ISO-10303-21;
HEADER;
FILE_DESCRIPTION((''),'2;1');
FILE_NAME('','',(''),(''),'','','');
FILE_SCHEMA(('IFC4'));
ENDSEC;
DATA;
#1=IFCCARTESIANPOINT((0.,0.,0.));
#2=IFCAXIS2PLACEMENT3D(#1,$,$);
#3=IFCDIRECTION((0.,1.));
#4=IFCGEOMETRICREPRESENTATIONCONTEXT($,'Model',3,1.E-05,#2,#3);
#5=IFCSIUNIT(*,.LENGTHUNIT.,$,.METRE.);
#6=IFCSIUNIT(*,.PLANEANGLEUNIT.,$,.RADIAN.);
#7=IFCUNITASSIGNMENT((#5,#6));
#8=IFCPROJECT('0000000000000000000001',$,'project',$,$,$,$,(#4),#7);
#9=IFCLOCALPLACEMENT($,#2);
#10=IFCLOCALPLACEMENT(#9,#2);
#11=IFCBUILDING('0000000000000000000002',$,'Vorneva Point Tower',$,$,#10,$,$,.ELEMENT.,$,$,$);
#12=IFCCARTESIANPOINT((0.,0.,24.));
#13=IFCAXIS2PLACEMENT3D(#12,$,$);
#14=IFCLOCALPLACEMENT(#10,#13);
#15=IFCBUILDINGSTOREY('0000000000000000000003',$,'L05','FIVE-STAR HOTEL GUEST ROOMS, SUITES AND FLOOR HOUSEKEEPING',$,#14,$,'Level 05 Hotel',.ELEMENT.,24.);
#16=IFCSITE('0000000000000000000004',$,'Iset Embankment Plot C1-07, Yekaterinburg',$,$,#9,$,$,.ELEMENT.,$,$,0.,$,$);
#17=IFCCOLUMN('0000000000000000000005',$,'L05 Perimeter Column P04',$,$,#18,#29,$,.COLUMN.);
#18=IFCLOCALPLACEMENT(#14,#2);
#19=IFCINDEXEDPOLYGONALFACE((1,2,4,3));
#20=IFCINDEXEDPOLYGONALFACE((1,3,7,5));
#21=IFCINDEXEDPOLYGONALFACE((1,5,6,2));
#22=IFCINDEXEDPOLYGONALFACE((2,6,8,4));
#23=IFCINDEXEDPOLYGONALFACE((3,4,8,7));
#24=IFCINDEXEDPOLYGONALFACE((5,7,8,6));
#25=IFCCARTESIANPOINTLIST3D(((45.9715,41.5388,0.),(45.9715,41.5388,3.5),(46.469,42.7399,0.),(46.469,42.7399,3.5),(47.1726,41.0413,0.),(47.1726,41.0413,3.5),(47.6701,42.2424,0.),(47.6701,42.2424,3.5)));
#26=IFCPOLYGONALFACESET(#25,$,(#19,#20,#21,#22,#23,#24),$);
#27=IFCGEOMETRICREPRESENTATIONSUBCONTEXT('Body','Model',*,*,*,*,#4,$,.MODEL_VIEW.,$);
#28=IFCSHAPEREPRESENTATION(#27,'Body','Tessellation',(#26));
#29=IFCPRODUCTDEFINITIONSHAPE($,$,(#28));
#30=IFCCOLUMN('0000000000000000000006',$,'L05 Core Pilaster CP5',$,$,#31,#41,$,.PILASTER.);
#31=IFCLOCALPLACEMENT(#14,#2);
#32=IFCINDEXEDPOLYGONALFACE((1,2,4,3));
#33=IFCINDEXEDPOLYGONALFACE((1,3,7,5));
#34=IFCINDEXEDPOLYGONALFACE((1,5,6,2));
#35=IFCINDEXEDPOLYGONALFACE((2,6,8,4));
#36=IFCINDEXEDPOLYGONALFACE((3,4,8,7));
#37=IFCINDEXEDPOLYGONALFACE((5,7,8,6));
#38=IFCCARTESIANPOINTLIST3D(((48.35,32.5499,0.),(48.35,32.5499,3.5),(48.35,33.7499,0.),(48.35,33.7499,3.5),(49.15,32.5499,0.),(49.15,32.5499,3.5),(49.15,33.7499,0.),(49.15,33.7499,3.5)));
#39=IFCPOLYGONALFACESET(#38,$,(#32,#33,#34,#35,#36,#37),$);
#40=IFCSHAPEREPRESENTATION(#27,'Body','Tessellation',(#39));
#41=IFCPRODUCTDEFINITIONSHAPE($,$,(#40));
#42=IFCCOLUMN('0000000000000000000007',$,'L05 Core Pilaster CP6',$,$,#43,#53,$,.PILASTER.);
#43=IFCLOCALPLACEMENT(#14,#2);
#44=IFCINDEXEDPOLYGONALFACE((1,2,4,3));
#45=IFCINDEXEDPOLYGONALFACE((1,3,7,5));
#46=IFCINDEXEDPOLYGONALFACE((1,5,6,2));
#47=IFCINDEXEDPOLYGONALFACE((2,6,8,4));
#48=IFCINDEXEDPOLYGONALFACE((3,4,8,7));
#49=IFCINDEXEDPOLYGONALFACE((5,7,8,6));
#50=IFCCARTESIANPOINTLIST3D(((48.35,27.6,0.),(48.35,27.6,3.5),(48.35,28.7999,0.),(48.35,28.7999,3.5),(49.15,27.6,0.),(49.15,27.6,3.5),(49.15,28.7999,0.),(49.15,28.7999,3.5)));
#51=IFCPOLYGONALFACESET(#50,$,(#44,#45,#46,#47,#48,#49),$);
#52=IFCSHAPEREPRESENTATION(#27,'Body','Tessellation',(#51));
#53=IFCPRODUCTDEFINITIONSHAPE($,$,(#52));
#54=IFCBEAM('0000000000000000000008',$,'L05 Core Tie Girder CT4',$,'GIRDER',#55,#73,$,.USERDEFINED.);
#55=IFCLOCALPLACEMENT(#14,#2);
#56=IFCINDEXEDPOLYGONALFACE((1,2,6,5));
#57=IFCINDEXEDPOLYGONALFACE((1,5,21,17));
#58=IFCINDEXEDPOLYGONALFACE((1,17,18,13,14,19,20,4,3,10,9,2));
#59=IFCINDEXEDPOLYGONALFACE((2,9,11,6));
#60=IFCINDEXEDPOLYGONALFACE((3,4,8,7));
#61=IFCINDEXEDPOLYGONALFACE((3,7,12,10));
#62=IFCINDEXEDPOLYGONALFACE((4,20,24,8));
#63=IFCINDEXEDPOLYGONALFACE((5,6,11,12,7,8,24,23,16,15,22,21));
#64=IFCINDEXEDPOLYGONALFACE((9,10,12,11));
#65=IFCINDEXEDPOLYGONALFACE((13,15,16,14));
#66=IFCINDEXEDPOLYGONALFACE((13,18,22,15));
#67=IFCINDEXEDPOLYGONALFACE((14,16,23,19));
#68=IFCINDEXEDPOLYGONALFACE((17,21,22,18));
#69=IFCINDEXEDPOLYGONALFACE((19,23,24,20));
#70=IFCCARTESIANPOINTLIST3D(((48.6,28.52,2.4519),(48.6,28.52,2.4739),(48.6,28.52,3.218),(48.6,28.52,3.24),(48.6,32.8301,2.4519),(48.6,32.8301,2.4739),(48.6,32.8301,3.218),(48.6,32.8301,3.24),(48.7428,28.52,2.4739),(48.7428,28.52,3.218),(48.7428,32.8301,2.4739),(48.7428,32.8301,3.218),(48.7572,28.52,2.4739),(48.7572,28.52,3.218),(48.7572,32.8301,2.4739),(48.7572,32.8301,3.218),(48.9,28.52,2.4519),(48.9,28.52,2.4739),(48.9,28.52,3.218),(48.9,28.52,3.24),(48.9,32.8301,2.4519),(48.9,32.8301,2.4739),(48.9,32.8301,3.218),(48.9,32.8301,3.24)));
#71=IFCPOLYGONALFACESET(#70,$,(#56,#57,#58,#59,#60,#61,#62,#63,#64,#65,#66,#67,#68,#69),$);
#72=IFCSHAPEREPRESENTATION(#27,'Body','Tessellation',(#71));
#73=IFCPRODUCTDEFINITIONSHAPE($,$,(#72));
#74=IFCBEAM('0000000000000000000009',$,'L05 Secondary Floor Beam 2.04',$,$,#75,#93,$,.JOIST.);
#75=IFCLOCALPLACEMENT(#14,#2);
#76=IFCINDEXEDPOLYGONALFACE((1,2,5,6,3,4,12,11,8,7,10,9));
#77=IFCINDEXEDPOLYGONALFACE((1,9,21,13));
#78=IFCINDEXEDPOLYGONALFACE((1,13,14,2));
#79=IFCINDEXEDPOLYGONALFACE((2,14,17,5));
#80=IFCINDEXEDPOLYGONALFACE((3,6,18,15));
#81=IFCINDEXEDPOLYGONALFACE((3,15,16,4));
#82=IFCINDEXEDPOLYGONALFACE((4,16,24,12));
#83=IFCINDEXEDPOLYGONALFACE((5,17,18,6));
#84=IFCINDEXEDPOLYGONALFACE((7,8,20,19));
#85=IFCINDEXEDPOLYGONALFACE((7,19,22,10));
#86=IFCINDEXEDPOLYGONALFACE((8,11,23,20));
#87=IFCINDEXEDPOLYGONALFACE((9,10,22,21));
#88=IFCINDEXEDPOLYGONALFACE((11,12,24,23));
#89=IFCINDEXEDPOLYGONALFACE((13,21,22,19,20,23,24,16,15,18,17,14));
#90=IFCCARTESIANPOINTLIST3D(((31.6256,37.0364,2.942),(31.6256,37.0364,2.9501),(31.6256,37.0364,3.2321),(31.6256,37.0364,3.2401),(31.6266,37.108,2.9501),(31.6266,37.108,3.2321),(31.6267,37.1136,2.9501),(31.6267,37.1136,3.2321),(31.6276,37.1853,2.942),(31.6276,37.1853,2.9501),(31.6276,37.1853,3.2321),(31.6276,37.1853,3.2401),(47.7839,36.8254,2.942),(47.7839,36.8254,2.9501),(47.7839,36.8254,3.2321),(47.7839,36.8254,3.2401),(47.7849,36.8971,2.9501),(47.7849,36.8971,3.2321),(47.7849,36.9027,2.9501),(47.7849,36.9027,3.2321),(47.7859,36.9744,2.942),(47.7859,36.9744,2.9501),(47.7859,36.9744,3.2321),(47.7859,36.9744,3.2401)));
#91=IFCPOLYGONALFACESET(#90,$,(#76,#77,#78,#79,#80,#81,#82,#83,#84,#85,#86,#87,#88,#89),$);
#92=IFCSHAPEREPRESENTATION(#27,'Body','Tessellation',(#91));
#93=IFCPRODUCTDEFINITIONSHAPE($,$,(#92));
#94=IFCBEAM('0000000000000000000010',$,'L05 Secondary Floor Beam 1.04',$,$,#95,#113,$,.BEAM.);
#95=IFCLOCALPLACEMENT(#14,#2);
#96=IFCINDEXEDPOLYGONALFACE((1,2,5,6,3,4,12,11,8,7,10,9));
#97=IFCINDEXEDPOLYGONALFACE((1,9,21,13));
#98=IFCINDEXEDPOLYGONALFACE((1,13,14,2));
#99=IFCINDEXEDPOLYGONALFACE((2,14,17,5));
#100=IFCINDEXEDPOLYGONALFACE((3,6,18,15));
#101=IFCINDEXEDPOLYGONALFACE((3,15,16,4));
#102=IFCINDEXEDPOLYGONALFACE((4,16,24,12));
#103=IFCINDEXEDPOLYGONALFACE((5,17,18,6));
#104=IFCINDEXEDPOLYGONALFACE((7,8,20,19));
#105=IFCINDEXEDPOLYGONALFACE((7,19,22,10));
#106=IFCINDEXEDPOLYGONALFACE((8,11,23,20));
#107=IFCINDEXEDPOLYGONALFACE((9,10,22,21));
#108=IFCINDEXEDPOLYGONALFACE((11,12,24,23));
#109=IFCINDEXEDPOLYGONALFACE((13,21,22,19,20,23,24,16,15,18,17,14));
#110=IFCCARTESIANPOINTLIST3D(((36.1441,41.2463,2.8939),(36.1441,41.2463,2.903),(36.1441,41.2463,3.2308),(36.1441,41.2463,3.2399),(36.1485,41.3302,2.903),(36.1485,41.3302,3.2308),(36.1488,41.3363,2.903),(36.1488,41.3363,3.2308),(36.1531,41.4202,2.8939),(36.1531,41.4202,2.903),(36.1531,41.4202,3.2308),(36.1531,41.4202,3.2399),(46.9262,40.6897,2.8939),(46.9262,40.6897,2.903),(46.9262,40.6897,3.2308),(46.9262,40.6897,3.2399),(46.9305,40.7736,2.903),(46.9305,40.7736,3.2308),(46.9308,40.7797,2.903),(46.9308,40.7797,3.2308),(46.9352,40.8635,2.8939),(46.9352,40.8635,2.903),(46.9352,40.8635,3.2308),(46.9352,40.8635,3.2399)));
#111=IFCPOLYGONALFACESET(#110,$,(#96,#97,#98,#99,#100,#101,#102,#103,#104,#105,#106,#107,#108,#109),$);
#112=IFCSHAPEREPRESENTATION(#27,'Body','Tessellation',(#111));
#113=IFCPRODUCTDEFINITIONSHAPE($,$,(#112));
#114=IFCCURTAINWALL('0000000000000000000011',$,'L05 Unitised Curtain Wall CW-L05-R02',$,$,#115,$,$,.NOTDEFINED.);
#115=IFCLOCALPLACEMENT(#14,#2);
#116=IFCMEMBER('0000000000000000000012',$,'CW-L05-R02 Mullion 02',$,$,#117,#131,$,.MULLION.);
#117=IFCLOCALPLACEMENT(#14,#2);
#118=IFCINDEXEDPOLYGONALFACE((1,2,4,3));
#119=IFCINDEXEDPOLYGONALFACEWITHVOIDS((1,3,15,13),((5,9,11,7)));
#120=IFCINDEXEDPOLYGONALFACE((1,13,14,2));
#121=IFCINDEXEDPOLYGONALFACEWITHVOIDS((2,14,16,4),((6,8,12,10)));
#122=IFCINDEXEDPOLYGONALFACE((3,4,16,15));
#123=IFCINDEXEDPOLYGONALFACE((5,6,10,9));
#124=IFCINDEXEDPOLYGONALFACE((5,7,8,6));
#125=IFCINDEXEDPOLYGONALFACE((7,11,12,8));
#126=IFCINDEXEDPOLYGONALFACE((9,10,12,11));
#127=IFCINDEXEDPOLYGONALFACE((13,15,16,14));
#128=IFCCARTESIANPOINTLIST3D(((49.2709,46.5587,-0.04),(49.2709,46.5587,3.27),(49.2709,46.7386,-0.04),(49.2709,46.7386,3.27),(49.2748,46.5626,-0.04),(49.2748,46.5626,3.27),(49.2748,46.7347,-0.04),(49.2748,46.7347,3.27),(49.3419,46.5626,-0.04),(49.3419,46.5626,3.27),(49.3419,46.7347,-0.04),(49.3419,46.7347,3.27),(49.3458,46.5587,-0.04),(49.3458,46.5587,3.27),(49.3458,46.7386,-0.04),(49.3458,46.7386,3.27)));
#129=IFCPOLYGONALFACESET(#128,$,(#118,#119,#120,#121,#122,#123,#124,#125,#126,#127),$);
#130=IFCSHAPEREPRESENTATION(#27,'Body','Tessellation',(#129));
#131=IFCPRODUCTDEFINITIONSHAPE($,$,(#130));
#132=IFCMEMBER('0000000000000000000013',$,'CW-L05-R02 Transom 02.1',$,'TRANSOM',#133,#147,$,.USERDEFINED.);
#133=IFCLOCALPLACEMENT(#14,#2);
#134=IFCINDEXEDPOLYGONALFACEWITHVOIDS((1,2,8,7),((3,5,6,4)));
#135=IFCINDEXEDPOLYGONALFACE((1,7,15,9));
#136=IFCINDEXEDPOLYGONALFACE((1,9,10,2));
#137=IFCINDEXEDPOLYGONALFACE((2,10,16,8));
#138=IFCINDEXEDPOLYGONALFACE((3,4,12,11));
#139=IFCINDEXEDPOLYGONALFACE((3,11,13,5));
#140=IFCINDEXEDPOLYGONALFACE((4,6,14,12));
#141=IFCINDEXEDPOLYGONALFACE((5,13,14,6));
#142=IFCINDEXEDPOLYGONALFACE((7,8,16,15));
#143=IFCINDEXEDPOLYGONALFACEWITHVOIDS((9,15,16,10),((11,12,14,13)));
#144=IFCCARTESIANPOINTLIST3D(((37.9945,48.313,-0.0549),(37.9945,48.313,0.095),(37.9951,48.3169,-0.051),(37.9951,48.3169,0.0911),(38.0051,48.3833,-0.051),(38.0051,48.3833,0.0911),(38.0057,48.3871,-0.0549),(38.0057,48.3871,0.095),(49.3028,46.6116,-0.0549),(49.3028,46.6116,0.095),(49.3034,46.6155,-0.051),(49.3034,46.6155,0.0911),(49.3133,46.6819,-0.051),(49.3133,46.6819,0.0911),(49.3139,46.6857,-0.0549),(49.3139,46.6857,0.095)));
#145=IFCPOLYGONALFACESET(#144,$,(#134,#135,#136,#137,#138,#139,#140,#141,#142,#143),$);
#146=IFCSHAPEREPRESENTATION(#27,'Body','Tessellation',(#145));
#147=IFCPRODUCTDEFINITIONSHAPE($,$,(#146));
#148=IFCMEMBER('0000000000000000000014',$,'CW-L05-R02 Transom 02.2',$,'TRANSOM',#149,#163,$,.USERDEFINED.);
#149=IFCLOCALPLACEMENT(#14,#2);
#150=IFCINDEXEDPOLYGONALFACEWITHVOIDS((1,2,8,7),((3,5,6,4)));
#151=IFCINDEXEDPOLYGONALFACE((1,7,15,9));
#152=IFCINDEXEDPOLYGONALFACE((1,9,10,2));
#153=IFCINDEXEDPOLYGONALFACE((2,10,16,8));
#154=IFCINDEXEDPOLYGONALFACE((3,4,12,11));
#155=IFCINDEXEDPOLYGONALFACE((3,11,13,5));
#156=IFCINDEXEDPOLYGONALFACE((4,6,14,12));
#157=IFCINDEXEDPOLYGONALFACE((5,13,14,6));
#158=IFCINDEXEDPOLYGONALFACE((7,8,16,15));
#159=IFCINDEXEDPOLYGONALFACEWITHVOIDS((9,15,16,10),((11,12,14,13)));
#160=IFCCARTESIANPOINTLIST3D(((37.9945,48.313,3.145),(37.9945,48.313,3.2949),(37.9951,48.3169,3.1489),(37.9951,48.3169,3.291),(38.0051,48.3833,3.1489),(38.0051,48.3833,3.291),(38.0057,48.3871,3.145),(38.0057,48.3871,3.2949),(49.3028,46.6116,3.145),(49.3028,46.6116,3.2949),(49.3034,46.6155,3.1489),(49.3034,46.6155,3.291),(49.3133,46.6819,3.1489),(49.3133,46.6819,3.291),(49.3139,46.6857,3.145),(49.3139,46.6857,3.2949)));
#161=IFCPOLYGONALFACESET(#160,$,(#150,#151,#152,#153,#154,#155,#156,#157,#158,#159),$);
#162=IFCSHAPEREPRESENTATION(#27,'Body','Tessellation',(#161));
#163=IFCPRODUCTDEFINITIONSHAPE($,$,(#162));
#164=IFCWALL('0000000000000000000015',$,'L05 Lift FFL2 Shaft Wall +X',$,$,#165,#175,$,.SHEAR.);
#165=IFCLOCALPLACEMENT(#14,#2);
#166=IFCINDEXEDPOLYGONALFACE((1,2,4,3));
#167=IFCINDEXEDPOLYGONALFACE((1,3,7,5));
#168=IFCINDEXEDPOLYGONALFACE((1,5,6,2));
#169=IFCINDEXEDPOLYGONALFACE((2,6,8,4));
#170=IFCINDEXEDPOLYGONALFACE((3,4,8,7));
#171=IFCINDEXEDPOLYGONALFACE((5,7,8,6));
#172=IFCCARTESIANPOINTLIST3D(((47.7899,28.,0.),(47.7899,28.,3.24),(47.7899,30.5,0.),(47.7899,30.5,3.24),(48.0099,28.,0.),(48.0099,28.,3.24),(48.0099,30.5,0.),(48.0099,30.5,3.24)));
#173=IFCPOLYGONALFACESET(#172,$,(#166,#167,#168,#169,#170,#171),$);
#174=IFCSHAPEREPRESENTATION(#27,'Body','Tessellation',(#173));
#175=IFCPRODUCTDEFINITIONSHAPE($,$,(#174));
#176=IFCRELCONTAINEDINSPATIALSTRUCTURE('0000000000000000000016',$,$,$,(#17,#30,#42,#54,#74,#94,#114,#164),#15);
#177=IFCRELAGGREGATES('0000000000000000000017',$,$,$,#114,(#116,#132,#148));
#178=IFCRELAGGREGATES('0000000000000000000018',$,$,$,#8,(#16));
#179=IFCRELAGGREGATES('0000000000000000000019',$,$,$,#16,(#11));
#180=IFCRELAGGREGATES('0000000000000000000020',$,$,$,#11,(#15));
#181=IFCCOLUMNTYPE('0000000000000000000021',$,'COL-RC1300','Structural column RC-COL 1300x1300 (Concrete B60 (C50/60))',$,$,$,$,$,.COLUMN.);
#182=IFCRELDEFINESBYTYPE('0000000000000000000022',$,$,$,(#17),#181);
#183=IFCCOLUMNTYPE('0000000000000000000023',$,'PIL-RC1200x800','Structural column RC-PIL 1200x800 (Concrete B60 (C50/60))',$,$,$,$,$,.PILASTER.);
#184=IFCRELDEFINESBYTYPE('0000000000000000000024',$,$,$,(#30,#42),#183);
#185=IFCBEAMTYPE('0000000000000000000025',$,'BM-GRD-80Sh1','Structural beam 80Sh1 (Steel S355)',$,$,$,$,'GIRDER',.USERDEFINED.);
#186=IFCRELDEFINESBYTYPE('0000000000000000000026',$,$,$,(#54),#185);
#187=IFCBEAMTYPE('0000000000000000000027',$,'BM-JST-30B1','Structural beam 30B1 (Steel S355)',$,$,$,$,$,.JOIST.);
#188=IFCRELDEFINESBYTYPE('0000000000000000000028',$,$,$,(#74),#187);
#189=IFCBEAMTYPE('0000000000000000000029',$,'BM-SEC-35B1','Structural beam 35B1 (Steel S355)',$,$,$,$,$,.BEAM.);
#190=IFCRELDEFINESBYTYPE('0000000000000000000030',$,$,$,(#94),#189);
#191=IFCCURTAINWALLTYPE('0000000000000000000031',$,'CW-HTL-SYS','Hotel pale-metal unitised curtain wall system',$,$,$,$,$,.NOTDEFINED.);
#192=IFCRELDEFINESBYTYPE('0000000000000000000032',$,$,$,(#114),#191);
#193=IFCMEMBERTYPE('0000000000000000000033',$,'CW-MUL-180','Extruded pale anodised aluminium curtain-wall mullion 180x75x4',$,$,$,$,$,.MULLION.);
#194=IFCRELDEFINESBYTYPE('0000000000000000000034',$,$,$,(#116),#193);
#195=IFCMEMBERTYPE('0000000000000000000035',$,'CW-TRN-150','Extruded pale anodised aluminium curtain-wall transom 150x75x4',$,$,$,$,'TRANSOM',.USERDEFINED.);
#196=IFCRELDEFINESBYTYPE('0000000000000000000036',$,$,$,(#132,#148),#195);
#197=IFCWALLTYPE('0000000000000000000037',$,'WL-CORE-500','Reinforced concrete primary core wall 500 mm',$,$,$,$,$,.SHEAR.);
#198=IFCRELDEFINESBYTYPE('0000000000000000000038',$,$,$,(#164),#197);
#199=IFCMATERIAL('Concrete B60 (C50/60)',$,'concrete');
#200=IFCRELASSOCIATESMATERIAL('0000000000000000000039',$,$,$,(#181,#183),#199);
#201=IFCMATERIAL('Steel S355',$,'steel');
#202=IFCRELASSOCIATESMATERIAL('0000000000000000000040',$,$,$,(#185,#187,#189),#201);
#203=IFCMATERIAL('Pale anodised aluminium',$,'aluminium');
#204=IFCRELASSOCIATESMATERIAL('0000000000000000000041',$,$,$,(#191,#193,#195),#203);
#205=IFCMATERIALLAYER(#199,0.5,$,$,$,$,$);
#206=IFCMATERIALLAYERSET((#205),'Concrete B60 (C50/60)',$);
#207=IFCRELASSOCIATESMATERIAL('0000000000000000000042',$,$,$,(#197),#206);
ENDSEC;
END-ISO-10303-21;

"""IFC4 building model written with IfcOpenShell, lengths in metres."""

from ifc_helpers import new_model, si_unit, direction, frame, frame_2d, origin, origin_2d, place, context, subcontext, project, spatial, rectangle, hollow_rectangle, i_section, extrude, material, layer, layer_set, material_profile, profile_set, type_object, element, aggregate, save


model = new_model("IFC4")

# Units and contexts
model_context = context("Model", 3, precision=1e-05, world=origin(), true_north=direction((0.0, 1.0)))
body_context = subcontext(model_context, "Body", "Model", "MODEL_VIEW")
ifc_project = project(units=[si_unit("LENGTHUNIT", "METRE"), si_unit("PLANEANGLEUNIT", "RADIAN")], contexts=[model_context])

# Site, building, storey
site_placement = place(None, origin())
site = spatial("IfcSite", under=ifc_project, at=site_placement, Name="Iset Embankment Plot C1-07, Yekaterinburg", CompositionType="ELEMENT", RefElevation=0.0)
building_placement = place(site_placement, origin())
building = spatial("IfcBuilding", under=site, at=building_placement, Name="Vorneva Point Tower", CompositionType="ELEMENT")
storey_placement = place(building_placement, frame((0.0, 0.0, 24.0)))
storey = spatial("IfcBuildingStorey", under=building, at=storey_placement, Name="L05", Description="FIVE-STAR HOTEL GUEST ROOMS, SUITES AND FLOOR HOUSEKEEPING", LongName="Level 05 Hotel", CompositionType="ELEMENT", Elevation=24.0)

# Columns
ifc_material_1 = material(Name="Concrete B60 (C50/60)", Category="concrete")
ifc_material_profile_1 = material_profile(ifc_material_1, rectangle(XDim=1.3, YDim=1.3, at=origin_2d()), Name="RC-COL 1300x1300")
ifc_profile_set_1 = profile_set([ifc_material_profile_1], Name="Concrete B60 (C50/60)")
column_type_1 = type_object("IfcColumnType", Name="COL-RC1300", Description="Structural column RC-COL 1300x1300 (Concrete B60 (C50/60))", PredefinedType="COLUMN", material=ifc_profile_set_1)
column_placement = place(storey_placement, frame((46.8208, 41.8906, 0.0), z_axis=(0.0, 0.0, 1.0), x_axis=(0.382683, 0.92388, 0.0)))
element("IfcColumn", 1, at=column_placement, inside=storey, type_object=column_type_1, Name="L05 Perimeter Column P04", PredefinedType="COLUMN", context=body_context, shape_type="SweptSolid", body=[
    extrude(rectangle(XDim=1.3, YDim=1.3, at=origin_2d()), origin(), (0.0, 0.0, 1.0), 3.5),
])
ifc_material_profile_2 = material_profile(ifc_material_1, rectangle(XDim=0.8, YDim=1.2, at=origin_2d()), Name="RC-PIL 1200x800")
ifc_profile_set_2 = profile_set([ifc_material_profile_2], Name="Concrete B60 (C50/60)")
column_type_2 = type_object("IfcColumnType", Name="PIL-RC1200x800", Description="Structural column RC-PIL 1200x800 (Concrete B60 (C50/60))", PredefinedType="PILASTER", material=ifc_profile_set_2)
for number, where, z_axis, x_axis, name in (
    (2, (48.75, 33.1499, 0.0), (0.0, 0.0, 1.0), (1.0, 0.0, 0.0), "L05 Core Pilaster CP5"),
    (3, (48.75, 28.2, 0.0), (0.0, 0.0, 1.0), (1.0, 0.0, 0.0), "L05 Core Pilaster CP6"),
):
    element("IfcColumn", number, at=place(storey_placement, frame(where, z_axis=z_axis, x_axis=x_axis)), inside=storey, type_object=column_type_2, Name=name, PredefinedType="PILASTER", context=body_context, shape_type="SweptSolid", body=[
        extrude(rectangle(XDim=0.8, YDim=1.2, at=origin_2d()), origin(), (0.0, 0.0, 1.0), 3.5),
    ])

# Beams
ifc_material_2 = material(Name="Steel S355", Category="steel")
ifc_material_profile_3 = material_profile(ifc_material_2, i_section(OverallWidth=0.3, OverallDepth=0.7881, WebThickness=0.0144, FlangeThickness=0.022, at=origin_2d()), Name="80Sh1")
ifc_profile_set_3 = profile_set([ifc_material_profile_3], Name="Steel S355")
beam_type_1 = type_object("IfcBeamType", Name="BM-GRD-80Sh1", Description="Structural beam 80Sh1 (Steel S355)", ElementType="GIRDER", PredefinedType="USERDEFINED", material=ifc_profile_set_3)
beam_1_placement = place(storey_placement, frame((48.75, 28.52, 2.8459), z_axis=(0.0, 1.0, 0.0), x_axis=(-1.0, 0.0, 0.0)))
element("IfcBeam", 4, at=beam_1_placement, inside=storey, type_object=beam_type_1, Name="L05 Core Tie Girder CT4", ObjectType="GIRDER", PredefinedType="USERDEFINED", context=body_context, shape_type="SweptSolid", body=[
    extrude(i_section(OverallWidth=0.3, OverallDepth=0.7881, WebThickness=0.0144, FlangeThickness=0.022, at=origin_2d()), origin(), (0.0, 0.0, 1.0), 4.3101),
])
ifc_material_profile_4 = material_profile(ifc_material_2, i_section(OverallWidth=0.1489, OverallDepth=0.2981, WebThickness=0.0056, FlangeThickness=0.0081, at=origin_2d()), Name="30B1")
ifc_profile_set_4 = profile_set([ifc_material_profile_4], Name="Steel S355")
beam_type_2 = type_object("IfcBeamType", Name="BM-JST-30B1", Description="Structural beam 30B1 (Steel S355)", PredefinedType="JOIST", material=ifc_profile_set_4)
beam_2_placement = place(storey_placement, frame((47.7849, 36.8999, 3.0911), z_axis=(-0.999915, 0.013053, 0.0), x_axis=(-0.013053, -0.999915, 0.0)))
element("IfcBeam", 5, at=beam_2_placement, inside=storey, type_object=beam_type_2, Name="L05 Secondary Floor Beam 2.04", PredefinedType="JOIST", context=body_context, shape_type="SweptSolid", body=[
    extrude(i_section(OverallWidth=0.1489, OverallDepth=0.2981, WebThickness=0.0056, FlangeThickness=0.0081, at=origin_2d()), origin(), (0.0, 0.0, 1.0), 16.1597),
])
ifc_material_profile_5 = material_profile(ifc_material_2, i_section(OverallWidth=0.1741, OverallDepth=0.3459, WebThickness=0.0061, FlangeThickness=0.009, at=origin_2d()), Name="35B1")
ifc_profile_set_5 = profile_set([ifc_material_profile_5], Name="Steel S355")
beam_type_3 = type_object("IfcBeamType", Name="BM-SEC-35B1", Description="Structural beam 35B1 (Steel S355)", PredefinedType="BEAM", material=ifc_profile_set_5)
beam_3_placement = place(storey_placement, frame((46.9307, 40.7766, 3.0669), z_axis=(-0.99867, 0.051558, 0.0), x_axis=(-0.051558, -0.99867, 0.0)))
element("IfcBeam", 6, at=beam_3_placement, inside=storey, type_object=beam_type_3, Name="L05 Secondary Floor Beam 1.04", PredefinedType="BEAM", context=body_context, shape_type="SweptSolid", body=[
    extrude(i_section(OverallWidth=0.1741, OverallDepth=0.3459, WebThickness=0.0061, FlangeThickness=0.009, at=origin_2d()), origin(), (0.0, 0.0, 1.0), 10.7964),
])

# Curtain wall, members
ifc_material_3 = material(Name="Pale anodised aluminium", Category="aluminium")
curtain_wall_type = type_object("IfcCurtainWallType", Name="CW-HTL-SYS", Description="Hotel pale-metal unitised curtain wall system", PredefinedType="NOTDEFINED", material=ifc_material_3)
curtain_wall_placement = place(storey_placement, origin())
curtain_wall = element("IfcCurtainWall", 7, at=curtain_wall_placement, inside=storey, type_object=curtain_wall_type, Name="L05 Unitised Curtain Wall CW-L05-R02", PredefinedType="NOTDEFINED")
ifc_material_profile_6 = material_profile(ifc_material_3, hollow_rectangle(XDim=0.075, YDim=0.1799, WallThickness=0.0039, at=origin_2d()), Name="AL-MUL 180x75x4")
ifc_profile_set_6 = profile_set([ifc_material_profile_6], Name="Pale anodised aluminium")
member_type_1 = type_object("IfcMemberType", Name="CW-MUL-180", Description="Extruded pale anodised aluminium curtain-wall mullion 180x75x4", PredefinedType="MULLION", material=ifc_profile_set_6)
member_1_placement = place(storey_placement, frame((49.3083, 46.6487, -0.04), z_axis=(0.0, 0.0, 1.0), x_axis=(1.0, 0.0, 0.0)))
member_1 = element("IfcMember", 8, at=member_1_placement, type_object=member_type_1, Name="CW-L05-R02 Mullion 02", PredefinedType="MULLION", context=body_context, shape_type="SweptSolid", body=[
    extrude(hollow_rectangle(XDim=0.075, YDim=0.1799, WallThickness=0.0039, at=origin_2d()), origin(), (0.0, 0.0, 1.0), 3.3101),
])
ifc_material_profile_7 = material_profile(ifc_material_3, hollow_rectangle(XDim=0.075, YDim=0.1499, WallThickness=0.0039, at=origin_2d()), Name="AL-TRN 150x75x4")
ifc_profile_set_7 = profile_set([ifc_material_profile_7], Name="Pale anodised aluminium")
member_type_2 = type_object("IfcMemberType", Name="CW-TRN-150", Description="Extruded pale anodised aluminium curtain-wall transom 150x75x4", ElementType="TRANSOM", PredefinedType="USERDEFINED", material=ifc_profile_set_7)
member_2_placement = place(storey_placement, frame((49.3083, 46.6487, 0.02), z_axis=(-0.98887, 0.148782, 0.0), x_axis=(-0.148782, -0.98887, 0.0)))
member_2 = element("IfcMember", 9, at=member_2_placement, type_object=member_type_2, Name="CW-L05-R02 Transom 02.1", ObjectType="TRANSOM", PredefinedType="USERDEFINED", context=body_context, shape_type="SweptSolid", body=[
    extrude(hollow_rectangle(XDim=0.075, YDim=0.1499, WallThickness=0.0039, at=origin_2d()), origin(), (0.0, 0.0, 1.0), 11.4355),
])
member_3_placement = place(storey_placement, frame((49.3083, 46.6487, 3.22), z_axis=(-0.98887, 0.148782, 0.0), x_axis=(-0.148782, -0.98887, 0.0)))
member_3 = element("IfcMember", 10, at=member_3_placement, type_object=member_type_2, Name="CW-L05-R02 Transom 02.2", ObjectType="TRANSOM", PredefinedType="USERDEFINED", context=body_context, shape_type="SweptSolid", body=[
    extrude(hollow_rectangle(XDim=0.075, YDim=0.1499, WallThickness=0.0039, at=origin_2d()), origin(), (0.0, 0.0, 1.0), 11.4355),
])
aggregate(curtain_wall, [member_1, member_2, member_3])

# Wall
ifc_layer_1 = layer(ifc_material_1, 0.5)
ifc_layer_set_1 = layer_set([ifc_layer_1], Name="Concrete B60 (C50/60)")
wall_type_1 = type_object("IfcWallType", Name="WL-CORE-500", Description="Reinforced concrete primary core wall 500 mm", PredefinedType="SHEAR", material=ifc_layer_set_1)
wall_1_placement = place(storey_placement, frame((47.8999, 28.0, 0.0), z_axis=(0.0, 0.0, 1.0), x_axis=(0.0, 1.0, 0.0)))
element("IfcWall", 11, at=wall_1_placement, inside=storey, type_object=wall_type_1, Name="L05 Lift FFL2 Shaft Wall +X", PredefinedType="SHEAR", context=body_context, shape_type="SweptSolid", body=[
    extrude(rectangle(XDim=2.5, YDim=0.22, at=frame_2d((1.25, 0.0))), origin(), (0.0, 0.0, 1.0), 3.24),
])

save(model, "model.ifc")
